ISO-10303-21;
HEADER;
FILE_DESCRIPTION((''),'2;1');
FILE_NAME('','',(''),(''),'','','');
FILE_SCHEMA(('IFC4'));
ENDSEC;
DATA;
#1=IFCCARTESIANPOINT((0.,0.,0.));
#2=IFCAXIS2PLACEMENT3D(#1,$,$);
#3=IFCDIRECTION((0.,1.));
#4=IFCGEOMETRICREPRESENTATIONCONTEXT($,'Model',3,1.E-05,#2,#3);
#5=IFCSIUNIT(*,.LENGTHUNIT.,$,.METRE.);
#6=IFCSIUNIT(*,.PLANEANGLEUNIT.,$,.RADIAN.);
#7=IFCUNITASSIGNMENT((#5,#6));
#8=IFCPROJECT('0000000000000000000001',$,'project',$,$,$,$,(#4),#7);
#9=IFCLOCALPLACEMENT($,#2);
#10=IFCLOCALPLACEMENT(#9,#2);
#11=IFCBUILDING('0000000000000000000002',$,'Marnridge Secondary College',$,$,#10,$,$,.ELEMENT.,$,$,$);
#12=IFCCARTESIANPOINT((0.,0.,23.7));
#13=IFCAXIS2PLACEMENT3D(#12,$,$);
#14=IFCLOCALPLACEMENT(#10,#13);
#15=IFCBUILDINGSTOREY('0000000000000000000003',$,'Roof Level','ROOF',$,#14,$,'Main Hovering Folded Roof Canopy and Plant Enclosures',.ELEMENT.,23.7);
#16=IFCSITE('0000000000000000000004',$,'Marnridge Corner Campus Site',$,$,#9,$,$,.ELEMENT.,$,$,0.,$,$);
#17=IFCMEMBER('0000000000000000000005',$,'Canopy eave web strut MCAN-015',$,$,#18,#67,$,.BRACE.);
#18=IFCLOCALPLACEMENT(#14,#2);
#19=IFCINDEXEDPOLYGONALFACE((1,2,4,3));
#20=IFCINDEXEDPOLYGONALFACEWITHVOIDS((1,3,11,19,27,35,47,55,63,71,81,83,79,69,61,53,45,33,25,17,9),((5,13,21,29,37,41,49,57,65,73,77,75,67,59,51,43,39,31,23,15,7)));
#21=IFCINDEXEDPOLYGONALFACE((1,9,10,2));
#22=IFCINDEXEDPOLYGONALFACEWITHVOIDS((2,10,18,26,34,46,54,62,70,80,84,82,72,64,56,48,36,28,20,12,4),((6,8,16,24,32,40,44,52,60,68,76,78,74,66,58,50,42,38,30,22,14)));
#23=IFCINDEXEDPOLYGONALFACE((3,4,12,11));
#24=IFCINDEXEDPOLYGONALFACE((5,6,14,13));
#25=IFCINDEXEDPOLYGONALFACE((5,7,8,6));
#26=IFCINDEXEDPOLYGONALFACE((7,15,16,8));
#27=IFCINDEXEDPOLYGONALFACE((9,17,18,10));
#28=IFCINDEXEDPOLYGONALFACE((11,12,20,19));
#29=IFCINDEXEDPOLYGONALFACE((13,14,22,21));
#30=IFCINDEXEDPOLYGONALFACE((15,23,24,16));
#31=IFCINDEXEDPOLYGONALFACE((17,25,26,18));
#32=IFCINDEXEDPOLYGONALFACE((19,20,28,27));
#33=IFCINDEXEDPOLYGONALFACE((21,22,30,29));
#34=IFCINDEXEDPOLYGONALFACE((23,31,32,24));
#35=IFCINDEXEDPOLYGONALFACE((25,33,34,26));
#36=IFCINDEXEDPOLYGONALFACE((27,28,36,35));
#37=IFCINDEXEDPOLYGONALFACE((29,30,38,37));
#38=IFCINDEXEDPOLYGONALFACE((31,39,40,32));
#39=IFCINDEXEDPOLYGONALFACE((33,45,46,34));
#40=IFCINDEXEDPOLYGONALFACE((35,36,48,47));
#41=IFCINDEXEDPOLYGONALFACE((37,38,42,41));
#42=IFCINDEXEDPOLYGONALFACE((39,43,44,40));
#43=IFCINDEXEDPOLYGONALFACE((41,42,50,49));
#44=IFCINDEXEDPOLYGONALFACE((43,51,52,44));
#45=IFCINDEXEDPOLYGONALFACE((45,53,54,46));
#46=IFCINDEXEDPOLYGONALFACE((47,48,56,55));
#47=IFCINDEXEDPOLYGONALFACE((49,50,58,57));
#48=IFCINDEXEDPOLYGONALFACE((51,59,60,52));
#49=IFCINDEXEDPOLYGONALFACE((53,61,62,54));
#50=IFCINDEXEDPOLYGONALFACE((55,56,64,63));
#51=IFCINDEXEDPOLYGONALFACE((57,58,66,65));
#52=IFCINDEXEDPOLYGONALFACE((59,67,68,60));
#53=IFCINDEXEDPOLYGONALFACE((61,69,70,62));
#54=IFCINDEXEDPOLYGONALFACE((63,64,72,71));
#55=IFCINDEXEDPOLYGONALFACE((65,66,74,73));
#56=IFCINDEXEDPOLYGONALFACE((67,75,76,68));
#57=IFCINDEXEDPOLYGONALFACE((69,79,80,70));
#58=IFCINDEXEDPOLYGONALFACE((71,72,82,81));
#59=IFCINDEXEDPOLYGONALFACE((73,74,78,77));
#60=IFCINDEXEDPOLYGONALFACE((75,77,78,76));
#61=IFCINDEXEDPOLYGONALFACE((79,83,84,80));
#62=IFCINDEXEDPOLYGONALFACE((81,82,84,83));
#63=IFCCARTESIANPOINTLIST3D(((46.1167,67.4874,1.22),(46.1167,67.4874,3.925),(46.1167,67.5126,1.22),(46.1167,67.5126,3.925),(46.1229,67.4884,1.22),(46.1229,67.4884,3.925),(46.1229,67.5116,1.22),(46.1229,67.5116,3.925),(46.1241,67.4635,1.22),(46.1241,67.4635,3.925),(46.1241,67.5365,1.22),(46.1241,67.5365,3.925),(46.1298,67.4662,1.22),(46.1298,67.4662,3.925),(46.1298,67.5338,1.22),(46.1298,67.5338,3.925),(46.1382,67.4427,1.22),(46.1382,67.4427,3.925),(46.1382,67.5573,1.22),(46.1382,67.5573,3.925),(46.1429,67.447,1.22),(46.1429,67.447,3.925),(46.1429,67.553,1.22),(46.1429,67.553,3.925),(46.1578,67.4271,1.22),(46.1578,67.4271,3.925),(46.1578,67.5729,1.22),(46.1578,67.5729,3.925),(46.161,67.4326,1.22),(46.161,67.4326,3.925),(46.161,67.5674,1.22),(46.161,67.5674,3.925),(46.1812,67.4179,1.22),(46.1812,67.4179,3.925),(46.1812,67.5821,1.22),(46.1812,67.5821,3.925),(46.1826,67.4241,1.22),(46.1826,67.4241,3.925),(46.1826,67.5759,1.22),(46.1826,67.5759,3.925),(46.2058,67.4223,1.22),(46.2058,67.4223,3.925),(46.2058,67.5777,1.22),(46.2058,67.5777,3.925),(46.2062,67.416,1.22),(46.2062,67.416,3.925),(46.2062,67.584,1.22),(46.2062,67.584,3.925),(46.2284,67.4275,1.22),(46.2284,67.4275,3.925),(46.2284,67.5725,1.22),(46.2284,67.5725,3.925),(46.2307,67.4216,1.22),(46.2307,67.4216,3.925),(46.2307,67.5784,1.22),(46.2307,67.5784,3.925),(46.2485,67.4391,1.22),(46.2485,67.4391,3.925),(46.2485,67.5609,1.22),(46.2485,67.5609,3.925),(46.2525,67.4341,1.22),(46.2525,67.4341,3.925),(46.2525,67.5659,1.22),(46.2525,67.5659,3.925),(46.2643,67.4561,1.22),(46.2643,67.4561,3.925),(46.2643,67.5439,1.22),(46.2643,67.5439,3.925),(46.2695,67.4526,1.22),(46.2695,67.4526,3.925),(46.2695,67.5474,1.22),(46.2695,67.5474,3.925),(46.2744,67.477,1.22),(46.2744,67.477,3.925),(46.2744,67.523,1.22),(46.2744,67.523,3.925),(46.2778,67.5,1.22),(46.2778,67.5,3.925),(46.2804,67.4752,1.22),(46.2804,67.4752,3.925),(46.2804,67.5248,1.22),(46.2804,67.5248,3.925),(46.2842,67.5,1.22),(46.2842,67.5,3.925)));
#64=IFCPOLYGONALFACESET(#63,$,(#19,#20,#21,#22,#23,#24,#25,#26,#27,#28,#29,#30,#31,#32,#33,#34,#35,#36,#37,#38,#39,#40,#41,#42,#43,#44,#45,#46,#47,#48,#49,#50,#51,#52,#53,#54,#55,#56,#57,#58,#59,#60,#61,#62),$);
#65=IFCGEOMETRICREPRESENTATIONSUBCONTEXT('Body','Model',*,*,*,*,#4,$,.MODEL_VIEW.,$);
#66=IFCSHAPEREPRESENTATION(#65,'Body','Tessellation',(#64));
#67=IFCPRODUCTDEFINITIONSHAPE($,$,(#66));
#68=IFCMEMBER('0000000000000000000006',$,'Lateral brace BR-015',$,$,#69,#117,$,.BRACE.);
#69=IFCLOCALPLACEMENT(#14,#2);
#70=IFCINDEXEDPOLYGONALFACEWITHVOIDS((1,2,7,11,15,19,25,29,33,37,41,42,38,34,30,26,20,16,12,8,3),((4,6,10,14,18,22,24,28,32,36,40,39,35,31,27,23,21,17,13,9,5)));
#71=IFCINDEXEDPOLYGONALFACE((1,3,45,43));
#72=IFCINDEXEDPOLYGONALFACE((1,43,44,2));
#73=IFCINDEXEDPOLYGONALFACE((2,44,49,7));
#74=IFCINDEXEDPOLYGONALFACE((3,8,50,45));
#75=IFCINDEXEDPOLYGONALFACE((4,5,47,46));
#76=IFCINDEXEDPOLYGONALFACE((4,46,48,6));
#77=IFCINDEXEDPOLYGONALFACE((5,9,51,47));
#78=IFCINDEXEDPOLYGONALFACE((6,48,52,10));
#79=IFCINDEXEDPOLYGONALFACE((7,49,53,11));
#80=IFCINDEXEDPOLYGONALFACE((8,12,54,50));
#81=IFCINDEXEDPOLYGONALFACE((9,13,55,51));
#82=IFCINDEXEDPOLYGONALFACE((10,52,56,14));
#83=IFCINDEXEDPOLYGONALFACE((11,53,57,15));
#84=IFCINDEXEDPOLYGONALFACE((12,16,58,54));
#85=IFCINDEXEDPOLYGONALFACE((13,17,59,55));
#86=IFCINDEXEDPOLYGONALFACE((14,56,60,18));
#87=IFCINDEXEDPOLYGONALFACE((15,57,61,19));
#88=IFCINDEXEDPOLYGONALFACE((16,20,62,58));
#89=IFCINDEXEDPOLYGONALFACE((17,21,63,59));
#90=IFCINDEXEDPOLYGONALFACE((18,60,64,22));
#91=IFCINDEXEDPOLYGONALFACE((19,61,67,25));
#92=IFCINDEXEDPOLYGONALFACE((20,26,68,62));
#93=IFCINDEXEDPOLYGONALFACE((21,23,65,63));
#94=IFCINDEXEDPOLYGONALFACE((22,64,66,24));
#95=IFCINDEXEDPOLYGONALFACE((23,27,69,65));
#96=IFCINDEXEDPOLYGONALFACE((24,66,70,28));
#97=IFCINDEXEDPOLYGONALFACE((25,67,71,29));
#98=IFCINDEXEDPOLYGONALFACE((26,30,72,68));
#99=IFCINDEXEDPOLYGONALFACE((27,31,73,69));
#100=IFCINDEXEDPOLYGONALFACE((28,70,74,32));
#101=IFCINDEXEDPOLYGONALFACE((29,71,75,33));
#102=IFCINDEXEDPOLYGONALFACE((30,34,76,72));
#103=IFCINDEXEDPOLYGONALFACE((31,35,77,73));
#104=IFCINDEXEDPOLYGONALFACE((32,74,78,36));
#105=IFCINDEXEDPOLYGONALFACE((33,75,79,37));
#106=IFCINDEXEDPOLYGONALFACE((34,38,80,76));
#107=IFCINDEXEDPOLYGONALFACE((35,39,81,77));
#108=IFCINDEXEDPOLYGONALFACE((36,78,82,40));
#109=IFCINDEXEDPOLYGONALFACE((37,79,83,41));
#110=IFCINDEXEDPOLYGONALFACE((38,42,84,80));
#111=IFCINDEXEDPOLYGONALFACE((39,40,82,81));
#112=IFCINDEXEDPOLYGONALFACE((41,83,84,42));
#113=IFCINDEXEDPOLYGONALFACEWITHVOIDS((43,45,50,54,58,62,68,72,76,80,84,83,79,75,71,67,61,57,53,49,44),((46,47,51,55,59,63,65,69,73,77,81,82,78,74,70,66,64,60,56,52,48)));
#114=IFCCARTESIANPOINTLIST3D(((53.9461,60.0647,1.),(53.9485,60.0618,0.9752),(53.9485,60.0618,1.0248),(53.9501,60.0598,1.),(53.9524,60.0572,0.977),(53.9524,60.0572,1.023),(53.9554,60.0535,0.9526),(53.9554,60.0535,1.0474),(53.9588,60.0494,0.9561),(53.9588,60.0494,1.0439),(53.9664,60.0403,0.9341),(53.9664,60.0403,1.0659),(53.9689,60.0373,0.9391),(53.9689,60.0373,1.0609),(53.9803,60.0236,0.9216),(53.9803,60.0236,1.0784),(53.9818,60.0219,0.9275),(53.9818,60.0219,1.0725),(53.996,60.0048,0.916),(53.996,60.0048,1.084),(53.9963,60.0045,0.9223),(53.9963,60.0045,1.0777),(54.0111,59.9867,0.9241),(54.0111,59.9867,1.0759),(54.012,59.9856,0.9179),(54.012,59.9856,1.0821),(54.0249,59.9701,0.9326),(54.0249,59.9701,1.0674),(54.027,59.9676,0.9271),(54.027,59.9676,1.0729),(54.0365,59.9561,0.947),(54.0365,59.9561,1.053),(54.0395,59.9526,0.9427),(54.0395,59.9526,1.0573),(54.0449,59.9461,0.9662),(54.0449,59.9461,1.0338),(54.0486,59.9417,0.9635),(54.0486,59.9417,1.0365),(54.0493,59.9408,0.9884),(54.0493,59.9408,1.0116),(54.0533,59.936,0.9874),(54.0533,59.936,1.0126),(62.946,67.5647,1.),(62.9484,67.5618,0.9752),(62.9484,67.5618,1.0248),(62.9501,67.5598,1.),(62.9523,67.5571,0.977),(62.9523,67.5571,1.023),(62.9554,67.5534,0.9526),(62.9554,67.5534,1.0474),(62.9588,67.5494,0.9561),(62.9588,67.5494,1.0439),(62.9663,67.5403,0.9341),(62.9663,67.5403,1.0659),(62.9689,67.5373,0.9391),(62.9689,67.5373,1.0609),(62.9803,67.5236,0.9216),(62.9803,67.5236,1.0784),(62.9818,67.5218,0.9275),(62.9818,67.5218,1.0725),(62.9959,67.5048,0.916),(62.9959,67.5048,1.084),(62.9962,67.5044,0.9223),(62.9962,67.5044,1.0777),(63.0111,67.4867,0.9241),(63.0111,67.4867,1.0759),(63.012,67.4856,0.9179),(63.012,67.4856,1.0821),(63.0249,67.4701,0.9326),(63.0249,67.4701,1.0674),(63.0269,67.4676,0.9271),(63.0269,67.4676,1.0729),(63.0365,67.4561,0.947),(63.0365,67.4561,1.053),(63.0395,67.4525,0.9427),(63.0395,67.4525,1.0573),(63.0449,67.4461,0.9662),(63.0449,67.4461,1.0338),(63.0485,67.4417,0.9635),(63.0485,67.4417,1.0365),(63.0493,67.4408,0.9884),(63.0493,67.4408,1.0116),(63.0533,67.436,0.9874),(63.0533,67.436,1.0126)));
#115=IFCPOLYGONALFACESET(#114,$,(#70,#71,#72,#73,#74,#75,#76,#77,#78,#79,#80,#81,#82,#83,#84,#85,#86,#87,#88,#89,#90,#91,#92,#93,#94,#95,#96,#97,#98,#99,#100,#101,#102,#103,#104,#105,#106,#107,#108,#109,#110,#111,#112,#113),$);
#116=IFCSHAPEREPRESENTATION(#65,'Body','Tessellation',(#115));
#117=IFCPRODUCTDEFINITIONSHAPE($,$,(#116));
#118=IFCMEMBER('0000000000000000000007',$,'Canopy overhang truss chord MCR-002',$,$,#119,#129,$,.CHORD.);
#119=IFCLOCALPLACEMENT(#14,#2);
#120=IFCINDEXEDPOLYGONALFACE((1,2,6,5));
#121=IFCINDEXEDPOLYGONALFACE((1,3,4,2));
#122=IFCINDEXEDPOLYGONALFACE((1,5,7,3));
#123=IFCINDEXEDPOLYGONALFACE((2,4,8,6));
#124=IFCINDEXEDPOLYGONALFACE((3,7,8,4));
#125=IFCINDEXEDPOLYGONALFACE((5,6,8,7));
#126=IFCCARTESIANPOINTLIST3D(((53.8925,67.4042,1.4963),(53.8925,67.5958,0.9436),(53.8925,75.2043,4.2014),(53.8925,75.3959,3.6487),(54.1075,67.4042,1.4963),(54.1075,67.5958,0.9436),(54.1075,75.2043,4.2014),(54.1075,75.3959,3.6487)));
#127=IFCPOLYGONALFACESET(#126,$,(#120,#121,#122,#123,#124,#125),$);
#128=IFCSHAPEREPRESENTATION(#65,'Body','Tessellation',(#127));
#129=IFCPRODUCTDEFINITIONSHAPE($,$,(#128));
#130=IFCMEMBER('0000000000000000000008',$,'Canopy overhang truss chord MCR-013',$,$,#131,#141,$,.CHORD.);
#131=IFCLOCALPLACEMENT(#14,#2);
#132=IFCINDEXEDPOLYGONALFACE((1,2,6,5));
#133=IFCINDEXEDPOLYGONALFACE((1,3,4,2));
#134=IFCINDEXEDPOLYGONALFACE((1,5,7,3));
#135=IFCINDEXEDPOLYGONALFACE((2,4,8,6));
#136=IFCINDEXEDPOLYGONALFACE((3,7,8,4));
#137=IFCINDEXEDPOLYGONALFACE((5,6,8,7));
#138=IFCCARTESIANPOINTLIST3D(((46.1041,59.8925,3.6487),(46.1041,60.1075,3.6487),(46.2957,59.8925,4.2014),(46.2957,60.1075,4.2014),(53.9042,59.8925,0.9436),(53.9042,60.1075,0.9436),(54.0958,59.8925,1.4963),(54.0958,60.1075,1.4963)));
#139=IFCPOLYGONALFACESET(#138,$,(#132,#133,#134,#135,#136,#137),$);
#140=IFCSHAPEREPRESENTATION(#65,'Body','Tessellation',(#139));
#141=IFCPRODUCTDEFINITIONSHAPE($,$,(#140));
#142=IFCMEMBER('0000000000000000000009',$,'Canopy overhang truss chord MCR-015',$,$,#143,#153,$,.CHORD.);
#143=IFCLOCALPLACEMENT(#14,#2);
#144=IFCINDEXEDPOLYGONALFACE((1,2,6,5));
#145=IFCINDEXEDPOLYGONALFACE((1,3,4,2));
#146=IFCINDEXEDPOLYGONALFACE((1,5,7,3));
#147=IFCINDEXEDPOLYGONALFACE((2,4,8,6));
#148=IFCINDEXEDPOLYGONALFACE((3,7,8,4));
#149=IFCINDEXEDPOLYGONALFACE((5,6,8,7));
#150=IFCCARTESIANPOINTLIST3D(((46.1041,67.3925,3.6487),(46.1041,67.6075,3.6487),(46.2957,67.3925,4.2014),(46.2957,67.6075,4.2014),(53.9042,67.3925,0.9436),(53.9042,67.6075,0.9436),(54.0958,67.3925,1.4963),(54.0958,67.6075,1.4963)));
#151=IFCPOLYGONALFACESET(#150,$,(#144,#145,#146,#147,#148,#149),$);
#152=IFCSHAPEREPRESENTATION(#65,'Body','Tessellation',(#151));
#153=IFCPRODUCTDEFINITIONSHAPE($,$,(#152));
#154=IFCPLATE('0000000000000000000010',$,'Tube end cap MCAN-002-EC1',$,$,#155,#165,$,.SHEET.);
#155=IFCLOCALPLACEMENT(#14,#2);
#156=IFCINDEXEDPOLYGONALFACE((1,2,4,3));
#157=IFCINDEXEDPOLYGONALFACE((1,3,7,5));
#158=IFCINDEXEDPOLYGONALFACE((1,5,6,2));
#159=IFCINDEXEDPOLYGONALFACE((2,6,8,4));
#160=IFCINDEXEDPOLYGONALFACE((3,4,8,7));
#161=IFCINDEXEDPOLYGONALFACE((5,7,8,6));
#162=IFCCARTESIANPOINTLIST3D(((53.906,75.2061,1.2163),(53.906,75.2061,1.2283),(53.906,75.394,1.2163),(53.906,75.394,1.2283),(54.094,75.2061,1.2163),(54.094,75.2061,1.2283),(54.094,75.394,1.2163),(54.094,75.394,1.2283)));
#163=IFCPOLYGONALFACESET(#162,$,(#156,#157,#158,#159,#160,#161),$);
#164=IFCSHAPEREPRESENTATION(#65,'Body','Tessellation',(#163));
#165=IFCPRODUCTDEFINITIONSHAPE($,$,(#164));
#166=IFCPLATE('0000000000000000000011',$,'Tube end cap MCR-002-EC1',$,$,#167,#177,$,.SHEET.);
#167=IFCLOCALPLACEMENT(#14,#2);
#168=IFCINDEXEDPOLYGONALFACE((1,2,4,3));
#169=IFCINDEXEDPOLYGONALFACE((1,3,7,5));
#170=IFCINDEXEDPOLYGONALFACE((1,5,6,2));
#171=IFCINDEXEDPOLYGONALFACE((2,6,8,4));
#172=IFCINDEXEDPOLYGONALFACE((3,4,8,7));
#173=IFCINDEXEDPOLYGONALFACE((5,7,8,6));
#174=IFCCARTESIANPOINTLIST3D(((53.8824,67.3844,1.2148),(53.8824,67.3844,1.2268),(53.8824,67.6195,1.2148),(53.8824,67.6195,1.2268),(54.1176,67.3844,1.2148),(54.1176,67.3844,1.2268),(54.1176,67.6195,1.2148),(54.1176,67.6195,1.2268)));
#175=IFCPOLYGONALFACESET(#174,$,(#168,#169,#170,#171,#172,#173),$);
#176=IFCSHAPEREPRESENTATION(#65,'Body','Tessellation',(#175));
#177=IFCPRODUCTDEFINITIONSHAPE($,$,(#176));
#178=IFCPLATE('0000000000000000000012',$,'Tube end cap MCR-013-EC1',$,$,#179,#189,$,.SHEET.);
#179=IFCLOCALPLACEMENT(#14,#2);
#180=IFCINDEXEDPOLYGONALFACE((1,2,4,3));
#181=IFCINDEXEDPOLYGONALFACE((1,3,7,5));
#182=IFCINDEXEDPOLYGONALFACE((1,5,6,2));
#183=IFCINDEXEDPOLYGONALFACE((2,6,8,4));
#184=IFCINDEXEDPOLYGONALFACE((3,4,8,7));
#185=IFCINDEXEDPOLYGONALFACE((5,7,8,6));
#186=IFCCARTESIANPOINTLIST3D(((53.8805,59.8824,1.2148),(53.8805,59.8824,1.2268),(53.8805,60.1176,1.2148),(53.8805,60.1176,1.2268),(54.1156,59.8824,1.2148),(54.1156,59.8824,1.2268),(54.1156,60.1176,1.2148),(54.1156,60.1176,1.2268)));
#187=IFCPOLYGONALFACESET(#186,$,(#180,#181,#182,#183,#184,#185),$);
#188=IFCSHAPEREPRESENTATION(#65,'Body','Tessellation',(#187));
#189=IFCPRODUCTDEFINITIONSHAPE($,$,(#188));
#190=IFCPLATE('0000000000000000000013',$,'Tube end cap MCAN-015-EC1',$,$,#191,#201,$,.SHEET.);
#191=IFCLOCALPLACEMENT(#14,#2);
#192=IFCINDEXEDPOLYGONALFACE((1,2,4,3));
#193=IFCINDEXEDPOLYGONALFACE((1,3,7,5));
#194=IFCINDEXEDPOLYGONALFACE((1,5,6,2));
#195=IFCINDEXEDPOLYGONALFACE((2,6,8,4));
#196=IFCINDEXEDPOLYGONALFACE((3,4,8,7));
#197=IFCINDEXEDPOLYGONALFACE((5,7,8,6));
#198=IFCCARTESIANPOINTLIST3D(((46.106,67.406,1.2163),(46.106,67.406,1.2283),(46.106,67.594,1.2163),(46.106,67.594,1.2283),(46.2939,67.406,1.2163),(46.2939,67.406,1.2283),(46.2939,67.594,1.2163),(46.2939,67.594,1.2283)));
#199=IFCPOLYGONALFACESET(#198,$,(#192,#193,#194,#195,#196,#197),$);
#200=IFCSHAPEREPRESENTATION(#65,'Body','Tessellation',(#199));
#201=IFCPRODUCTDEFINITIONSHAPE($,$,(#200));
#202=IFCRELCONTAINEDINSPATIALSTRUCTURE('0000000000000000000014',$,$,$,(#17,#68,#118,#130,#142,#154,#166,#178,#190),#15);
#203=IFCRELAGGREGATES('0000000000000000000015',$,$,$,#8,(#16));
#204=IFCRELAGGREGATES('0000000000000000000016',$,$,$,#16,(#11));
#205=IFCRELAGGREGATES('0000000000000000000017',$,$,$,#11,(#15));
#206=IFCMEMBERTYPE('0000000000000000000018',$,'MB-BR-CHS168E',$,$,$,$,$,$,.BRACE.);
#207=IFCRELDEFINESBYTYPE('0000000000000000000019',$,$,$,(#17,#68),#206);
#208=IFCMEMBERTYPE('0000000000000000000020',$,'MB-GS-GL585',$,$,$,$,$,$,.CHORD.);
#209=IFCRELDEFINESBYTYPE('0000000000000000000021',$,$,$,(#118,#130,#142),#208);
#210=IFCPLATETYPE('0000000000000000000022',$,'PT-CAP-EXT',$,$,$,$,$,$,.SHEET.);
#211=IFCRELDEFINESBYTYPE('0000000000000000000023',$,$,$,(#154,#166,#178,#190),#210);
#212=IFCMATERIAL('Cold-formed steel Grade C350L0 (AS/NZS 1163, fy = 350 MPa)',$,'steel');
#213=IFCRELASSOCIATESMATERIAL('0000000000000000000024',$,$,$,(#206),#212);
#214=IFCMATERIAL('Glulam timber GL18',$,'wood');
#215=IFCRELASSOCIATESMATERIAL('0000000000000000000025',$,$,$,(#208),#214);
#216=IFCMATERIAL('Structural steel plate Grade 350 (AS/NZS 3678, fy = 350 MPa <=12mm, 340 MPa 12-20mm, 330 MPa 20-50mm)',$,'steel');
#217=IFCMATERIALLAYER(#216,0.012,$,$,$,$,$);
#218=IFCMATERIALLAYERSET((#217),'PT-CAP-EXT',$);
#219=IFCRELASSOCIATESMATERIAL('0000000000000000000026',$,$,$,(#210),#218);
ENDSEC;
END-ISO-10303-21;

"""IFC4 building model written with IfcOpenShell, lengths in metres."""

from ifc_helpers import new_model, si_unit, direction, frame, origin, origin_2d, place, context, subcontext, project, spatial, rectangle, hollow_circle, extrude, material, layer, layer_set, material_profile, profile_set, type_object, element, save


model = new_model("IFC4")

# Units and contexts
model_context = context("Model", 3, precision=1e-05, world=origin(), true_north=direction((0.0, 1.0)))
body_context = subcontext(model_context, "Body", "Model", "MODEL_VIEW")
ifc_project = project(units=[si_unit("LENGTHUNIT", "METRE"), si_unit("PLANEANGLEUNIT", "RADIAN")], contexts=[model_context])

# Site, building, storey
site_placement = place(None, origin())
site = spatial("IfcSite", under=ifc_project, at=site_placement, Name="Marnridge Corner Campus Site", CompositionType="ELEMENT", RefElevation=0.0)
building_placement = place(site_placement, origin())
building = spatial("IfcBuilding", under=site, at=building_placement, Name="Marnridge Secondary College", CompositionType="ELEMENT")
storey_placement = place(building_placement, frame((0.0, 0.0, 23.7)))
storey = spatial("IfcBuildingStorey", under=building, at=storey_placement, Name="Roof Level", Description="ROOF", LongName="Main Hovering Folded Roof Canopy and Plant Enclosures", CompositionType="ELEMENT", Elevation=23.7)

# Members
ifc_material_1 = material(Name="Cold-formed steel Grade C350L0 (AS/NZS 1163, fy = 350 MPa)", Category="steel")
ifc_material_profile_1 = material_profile(ifc_material_1, hollow_circle(Radius=0.0842, WallThickness=0.0063, at=origin_2d()), Name="168.3x6.4CHS")
ifc_profile_set_1 = profile_set([ifc_material_profile_1], Name="Cold-formed steel Grade C350L0 (AS/NZS 1163, fy = 350 MPa)")
member_type_1 = type_object("IfcMemberType", Name="MB-BR-CHS168E", PredefinedType="BRACE", material=ifc_profile_set_1)
for number, where, z_axis, x_axis, name in (
    (1, (46.2, 67.5, 1.22), (0.0, 0.0, 1.0), (1.0, 0.0, 0.0), "Canopy eave web strut MCAN-015"),
):
    element("IfcMember", number, at=place(storey_placement, frame(where, z_axis=z_axis, x_axis=x_axis)), inside=storey, type_object=member_type_1, Name=name, PredefinedType="BRACE", context=body_context, shape_type="SweptSolid", body=[
        extrude(hollow_circle(Radius=0.0842, WallThickness=0.0063, at=origin_2d()), origin(), (0.0, 0.0, 1.0), 2.7051),
    ])
member_placement = place(storey_placement, frame((54.0, 60.0, 1.0), z_axis=(0.768221, 0.640184, 0.0), x_axis=(-0.640184, 0.768221, 0.0)))
element("IfcMember", 2, at=member_placement, inside=storey, type_object=member_type_1, Name="Lateral brace BR-015", PredefinedType="BRACE", context=body_context, shape_type="SweptSolid", body=[
    extrude(hollow_circle(Radius=0.0842, WallThickness=0.0063, at=origin_2d()), origin(), (0.0, 0.0, 1.0), 11.7153),
])
ifc_material_2 = material(Name="Glulam timber GL18", Category="wood")
ifc_material_profile_2 = material_profile(ifc_material_2, rectangle(XDim=0.2151, YDim=0.585, at=origin_2d()), Name="GL18 215x585")
ifc_profile_set_2 = profile_set([ifc_material_profile_2], Name="Glulam timber GL18")
member_type_2 = type_object("IfcMemberType", Name="MB-GS-GL585", PredefinedType="CHORD", material=ifc_profile_set_2)
for number, where, z_axis, x_axis, name in (
    (3, (54.0, 67.5, 1.22), (0.0, 0.944796, 0.327658), (-1.0, 0.0, 0.0), "Canopy overhang truss chord MCR-002"),
    (4, (54.0, 60.0, 1.22), (-0.944796, 0.0, 0.327658), (0.0, -1.0, 0.0), "Canopy overhang truss chord MCR-013"),
    (5, (54.0, 67.5, 1.22), (-0.944796, 0.0, 0.327658), (0.0, -1.0, 0.0), "Canopy overhang truss chord MCR-015"),
):
    element("IfcMember", number, at=place(storey_placement, frame(where, z_axis=z_axis, x_axis=x_axis)), inside=storey, type_object=member_type_2, Name=name, PredefinedType="CHORD", context=body_context, shape_type="SweptSolid", body=[
        extrude(rectangle(XDim=0.2151, YDim=0.585, at=origin_2d()), origin(), (0.0, 0.0, 1.0), 8.2559),
    ])

# Plates
ifc_material_3 = material(Name="Structural steel plate Grade 350 (AS/NZS 3678, fy = 350 MPa <=12mm, 340 MPa 12-20mm, 330 MPa 20-50mm)", Category="steel")
ifc_layer_1 = layer(ifc_material_3, 0.012)
ifc_layer_set_1 = layer_set([ifc_layer_1], Name="PT-CAP-EXT")
plate_type_1 = type_object("IfcPlateType", Name="PT-CAP-EXT", PredefinedType="SHEET", material=ifc_layer_set_1)
plate_1_placement = place(storey_placement, frame((54.0, 75.3, 1.2163), z_axis=(0.0, 0.0, 1.0), x_axis=(1.0, 0.0, 0.0)))
element("IfcPlate", 6, at=plate_1_placement, inside=storey, type_object=plate_type_1, Name="Tube end cap MCAN-002-EC1", PredefinedType="SHEET", context=body_context, shape_type="SweptSolid", body=[
    extrude(rectangle(XDim=0.188, YDim=0.188, at=origin_2d()), origin(), (0.0, 0.0, 1.0), 0.012),
])
for number, where, z_axis, x_axis, name in (
    (7, (54.0, 67.502, 1.2148), (0.0, 0.0, 1.0), (0.0, 1.0, 0.0), "Tube end cap MCR-002-EC1"),
    (8, (53.998, 60.0, 1.2148), (0.0, 0.0, 1.0), (-1.0, 0.0, 0.0), "Tube end cap MCR-013-EC1"),
):
    element("IfcPlate", number, at=place(storey_placement, frame(where, z_axis=z_axis, x_axis=x_axis)), inside=storey, type_object=plate_type_1, Name=name, PredefinedType="SHEET", context=body_context, shape_type="SweptSolid", body=[
        extrude(rectangle(XDim=0.2351, YDim=0.2351, at=origin_2d()), origin(), (0.0, 0.0, 1.0), 0.012),
    ])
for number, where, z_axis, x_axis, name in (
    (9, (46.2, 67.5, 1.2163), (0.0, 0.0, 1.0), (1.0, 0.0, 0.0), "Tube end cap MCAN-015-EC1"),
):
    element("IfcPlate", number, at=place(storey_placement, frame(where, z_axis=z_axis, x_axis=x_axis)), inside=storey, type_object=plate_type_1, Name=name, PredefinedType="SHEET", context=body_context, shape_type="SweptSolid", body=[
        extrude(rectangle(XDim=0.188, YDim=0.188, at=origin_2d()), origin(), (0.0, 0.0, 1.0), 0.012),
    ])

save(model, "model.ifc")
